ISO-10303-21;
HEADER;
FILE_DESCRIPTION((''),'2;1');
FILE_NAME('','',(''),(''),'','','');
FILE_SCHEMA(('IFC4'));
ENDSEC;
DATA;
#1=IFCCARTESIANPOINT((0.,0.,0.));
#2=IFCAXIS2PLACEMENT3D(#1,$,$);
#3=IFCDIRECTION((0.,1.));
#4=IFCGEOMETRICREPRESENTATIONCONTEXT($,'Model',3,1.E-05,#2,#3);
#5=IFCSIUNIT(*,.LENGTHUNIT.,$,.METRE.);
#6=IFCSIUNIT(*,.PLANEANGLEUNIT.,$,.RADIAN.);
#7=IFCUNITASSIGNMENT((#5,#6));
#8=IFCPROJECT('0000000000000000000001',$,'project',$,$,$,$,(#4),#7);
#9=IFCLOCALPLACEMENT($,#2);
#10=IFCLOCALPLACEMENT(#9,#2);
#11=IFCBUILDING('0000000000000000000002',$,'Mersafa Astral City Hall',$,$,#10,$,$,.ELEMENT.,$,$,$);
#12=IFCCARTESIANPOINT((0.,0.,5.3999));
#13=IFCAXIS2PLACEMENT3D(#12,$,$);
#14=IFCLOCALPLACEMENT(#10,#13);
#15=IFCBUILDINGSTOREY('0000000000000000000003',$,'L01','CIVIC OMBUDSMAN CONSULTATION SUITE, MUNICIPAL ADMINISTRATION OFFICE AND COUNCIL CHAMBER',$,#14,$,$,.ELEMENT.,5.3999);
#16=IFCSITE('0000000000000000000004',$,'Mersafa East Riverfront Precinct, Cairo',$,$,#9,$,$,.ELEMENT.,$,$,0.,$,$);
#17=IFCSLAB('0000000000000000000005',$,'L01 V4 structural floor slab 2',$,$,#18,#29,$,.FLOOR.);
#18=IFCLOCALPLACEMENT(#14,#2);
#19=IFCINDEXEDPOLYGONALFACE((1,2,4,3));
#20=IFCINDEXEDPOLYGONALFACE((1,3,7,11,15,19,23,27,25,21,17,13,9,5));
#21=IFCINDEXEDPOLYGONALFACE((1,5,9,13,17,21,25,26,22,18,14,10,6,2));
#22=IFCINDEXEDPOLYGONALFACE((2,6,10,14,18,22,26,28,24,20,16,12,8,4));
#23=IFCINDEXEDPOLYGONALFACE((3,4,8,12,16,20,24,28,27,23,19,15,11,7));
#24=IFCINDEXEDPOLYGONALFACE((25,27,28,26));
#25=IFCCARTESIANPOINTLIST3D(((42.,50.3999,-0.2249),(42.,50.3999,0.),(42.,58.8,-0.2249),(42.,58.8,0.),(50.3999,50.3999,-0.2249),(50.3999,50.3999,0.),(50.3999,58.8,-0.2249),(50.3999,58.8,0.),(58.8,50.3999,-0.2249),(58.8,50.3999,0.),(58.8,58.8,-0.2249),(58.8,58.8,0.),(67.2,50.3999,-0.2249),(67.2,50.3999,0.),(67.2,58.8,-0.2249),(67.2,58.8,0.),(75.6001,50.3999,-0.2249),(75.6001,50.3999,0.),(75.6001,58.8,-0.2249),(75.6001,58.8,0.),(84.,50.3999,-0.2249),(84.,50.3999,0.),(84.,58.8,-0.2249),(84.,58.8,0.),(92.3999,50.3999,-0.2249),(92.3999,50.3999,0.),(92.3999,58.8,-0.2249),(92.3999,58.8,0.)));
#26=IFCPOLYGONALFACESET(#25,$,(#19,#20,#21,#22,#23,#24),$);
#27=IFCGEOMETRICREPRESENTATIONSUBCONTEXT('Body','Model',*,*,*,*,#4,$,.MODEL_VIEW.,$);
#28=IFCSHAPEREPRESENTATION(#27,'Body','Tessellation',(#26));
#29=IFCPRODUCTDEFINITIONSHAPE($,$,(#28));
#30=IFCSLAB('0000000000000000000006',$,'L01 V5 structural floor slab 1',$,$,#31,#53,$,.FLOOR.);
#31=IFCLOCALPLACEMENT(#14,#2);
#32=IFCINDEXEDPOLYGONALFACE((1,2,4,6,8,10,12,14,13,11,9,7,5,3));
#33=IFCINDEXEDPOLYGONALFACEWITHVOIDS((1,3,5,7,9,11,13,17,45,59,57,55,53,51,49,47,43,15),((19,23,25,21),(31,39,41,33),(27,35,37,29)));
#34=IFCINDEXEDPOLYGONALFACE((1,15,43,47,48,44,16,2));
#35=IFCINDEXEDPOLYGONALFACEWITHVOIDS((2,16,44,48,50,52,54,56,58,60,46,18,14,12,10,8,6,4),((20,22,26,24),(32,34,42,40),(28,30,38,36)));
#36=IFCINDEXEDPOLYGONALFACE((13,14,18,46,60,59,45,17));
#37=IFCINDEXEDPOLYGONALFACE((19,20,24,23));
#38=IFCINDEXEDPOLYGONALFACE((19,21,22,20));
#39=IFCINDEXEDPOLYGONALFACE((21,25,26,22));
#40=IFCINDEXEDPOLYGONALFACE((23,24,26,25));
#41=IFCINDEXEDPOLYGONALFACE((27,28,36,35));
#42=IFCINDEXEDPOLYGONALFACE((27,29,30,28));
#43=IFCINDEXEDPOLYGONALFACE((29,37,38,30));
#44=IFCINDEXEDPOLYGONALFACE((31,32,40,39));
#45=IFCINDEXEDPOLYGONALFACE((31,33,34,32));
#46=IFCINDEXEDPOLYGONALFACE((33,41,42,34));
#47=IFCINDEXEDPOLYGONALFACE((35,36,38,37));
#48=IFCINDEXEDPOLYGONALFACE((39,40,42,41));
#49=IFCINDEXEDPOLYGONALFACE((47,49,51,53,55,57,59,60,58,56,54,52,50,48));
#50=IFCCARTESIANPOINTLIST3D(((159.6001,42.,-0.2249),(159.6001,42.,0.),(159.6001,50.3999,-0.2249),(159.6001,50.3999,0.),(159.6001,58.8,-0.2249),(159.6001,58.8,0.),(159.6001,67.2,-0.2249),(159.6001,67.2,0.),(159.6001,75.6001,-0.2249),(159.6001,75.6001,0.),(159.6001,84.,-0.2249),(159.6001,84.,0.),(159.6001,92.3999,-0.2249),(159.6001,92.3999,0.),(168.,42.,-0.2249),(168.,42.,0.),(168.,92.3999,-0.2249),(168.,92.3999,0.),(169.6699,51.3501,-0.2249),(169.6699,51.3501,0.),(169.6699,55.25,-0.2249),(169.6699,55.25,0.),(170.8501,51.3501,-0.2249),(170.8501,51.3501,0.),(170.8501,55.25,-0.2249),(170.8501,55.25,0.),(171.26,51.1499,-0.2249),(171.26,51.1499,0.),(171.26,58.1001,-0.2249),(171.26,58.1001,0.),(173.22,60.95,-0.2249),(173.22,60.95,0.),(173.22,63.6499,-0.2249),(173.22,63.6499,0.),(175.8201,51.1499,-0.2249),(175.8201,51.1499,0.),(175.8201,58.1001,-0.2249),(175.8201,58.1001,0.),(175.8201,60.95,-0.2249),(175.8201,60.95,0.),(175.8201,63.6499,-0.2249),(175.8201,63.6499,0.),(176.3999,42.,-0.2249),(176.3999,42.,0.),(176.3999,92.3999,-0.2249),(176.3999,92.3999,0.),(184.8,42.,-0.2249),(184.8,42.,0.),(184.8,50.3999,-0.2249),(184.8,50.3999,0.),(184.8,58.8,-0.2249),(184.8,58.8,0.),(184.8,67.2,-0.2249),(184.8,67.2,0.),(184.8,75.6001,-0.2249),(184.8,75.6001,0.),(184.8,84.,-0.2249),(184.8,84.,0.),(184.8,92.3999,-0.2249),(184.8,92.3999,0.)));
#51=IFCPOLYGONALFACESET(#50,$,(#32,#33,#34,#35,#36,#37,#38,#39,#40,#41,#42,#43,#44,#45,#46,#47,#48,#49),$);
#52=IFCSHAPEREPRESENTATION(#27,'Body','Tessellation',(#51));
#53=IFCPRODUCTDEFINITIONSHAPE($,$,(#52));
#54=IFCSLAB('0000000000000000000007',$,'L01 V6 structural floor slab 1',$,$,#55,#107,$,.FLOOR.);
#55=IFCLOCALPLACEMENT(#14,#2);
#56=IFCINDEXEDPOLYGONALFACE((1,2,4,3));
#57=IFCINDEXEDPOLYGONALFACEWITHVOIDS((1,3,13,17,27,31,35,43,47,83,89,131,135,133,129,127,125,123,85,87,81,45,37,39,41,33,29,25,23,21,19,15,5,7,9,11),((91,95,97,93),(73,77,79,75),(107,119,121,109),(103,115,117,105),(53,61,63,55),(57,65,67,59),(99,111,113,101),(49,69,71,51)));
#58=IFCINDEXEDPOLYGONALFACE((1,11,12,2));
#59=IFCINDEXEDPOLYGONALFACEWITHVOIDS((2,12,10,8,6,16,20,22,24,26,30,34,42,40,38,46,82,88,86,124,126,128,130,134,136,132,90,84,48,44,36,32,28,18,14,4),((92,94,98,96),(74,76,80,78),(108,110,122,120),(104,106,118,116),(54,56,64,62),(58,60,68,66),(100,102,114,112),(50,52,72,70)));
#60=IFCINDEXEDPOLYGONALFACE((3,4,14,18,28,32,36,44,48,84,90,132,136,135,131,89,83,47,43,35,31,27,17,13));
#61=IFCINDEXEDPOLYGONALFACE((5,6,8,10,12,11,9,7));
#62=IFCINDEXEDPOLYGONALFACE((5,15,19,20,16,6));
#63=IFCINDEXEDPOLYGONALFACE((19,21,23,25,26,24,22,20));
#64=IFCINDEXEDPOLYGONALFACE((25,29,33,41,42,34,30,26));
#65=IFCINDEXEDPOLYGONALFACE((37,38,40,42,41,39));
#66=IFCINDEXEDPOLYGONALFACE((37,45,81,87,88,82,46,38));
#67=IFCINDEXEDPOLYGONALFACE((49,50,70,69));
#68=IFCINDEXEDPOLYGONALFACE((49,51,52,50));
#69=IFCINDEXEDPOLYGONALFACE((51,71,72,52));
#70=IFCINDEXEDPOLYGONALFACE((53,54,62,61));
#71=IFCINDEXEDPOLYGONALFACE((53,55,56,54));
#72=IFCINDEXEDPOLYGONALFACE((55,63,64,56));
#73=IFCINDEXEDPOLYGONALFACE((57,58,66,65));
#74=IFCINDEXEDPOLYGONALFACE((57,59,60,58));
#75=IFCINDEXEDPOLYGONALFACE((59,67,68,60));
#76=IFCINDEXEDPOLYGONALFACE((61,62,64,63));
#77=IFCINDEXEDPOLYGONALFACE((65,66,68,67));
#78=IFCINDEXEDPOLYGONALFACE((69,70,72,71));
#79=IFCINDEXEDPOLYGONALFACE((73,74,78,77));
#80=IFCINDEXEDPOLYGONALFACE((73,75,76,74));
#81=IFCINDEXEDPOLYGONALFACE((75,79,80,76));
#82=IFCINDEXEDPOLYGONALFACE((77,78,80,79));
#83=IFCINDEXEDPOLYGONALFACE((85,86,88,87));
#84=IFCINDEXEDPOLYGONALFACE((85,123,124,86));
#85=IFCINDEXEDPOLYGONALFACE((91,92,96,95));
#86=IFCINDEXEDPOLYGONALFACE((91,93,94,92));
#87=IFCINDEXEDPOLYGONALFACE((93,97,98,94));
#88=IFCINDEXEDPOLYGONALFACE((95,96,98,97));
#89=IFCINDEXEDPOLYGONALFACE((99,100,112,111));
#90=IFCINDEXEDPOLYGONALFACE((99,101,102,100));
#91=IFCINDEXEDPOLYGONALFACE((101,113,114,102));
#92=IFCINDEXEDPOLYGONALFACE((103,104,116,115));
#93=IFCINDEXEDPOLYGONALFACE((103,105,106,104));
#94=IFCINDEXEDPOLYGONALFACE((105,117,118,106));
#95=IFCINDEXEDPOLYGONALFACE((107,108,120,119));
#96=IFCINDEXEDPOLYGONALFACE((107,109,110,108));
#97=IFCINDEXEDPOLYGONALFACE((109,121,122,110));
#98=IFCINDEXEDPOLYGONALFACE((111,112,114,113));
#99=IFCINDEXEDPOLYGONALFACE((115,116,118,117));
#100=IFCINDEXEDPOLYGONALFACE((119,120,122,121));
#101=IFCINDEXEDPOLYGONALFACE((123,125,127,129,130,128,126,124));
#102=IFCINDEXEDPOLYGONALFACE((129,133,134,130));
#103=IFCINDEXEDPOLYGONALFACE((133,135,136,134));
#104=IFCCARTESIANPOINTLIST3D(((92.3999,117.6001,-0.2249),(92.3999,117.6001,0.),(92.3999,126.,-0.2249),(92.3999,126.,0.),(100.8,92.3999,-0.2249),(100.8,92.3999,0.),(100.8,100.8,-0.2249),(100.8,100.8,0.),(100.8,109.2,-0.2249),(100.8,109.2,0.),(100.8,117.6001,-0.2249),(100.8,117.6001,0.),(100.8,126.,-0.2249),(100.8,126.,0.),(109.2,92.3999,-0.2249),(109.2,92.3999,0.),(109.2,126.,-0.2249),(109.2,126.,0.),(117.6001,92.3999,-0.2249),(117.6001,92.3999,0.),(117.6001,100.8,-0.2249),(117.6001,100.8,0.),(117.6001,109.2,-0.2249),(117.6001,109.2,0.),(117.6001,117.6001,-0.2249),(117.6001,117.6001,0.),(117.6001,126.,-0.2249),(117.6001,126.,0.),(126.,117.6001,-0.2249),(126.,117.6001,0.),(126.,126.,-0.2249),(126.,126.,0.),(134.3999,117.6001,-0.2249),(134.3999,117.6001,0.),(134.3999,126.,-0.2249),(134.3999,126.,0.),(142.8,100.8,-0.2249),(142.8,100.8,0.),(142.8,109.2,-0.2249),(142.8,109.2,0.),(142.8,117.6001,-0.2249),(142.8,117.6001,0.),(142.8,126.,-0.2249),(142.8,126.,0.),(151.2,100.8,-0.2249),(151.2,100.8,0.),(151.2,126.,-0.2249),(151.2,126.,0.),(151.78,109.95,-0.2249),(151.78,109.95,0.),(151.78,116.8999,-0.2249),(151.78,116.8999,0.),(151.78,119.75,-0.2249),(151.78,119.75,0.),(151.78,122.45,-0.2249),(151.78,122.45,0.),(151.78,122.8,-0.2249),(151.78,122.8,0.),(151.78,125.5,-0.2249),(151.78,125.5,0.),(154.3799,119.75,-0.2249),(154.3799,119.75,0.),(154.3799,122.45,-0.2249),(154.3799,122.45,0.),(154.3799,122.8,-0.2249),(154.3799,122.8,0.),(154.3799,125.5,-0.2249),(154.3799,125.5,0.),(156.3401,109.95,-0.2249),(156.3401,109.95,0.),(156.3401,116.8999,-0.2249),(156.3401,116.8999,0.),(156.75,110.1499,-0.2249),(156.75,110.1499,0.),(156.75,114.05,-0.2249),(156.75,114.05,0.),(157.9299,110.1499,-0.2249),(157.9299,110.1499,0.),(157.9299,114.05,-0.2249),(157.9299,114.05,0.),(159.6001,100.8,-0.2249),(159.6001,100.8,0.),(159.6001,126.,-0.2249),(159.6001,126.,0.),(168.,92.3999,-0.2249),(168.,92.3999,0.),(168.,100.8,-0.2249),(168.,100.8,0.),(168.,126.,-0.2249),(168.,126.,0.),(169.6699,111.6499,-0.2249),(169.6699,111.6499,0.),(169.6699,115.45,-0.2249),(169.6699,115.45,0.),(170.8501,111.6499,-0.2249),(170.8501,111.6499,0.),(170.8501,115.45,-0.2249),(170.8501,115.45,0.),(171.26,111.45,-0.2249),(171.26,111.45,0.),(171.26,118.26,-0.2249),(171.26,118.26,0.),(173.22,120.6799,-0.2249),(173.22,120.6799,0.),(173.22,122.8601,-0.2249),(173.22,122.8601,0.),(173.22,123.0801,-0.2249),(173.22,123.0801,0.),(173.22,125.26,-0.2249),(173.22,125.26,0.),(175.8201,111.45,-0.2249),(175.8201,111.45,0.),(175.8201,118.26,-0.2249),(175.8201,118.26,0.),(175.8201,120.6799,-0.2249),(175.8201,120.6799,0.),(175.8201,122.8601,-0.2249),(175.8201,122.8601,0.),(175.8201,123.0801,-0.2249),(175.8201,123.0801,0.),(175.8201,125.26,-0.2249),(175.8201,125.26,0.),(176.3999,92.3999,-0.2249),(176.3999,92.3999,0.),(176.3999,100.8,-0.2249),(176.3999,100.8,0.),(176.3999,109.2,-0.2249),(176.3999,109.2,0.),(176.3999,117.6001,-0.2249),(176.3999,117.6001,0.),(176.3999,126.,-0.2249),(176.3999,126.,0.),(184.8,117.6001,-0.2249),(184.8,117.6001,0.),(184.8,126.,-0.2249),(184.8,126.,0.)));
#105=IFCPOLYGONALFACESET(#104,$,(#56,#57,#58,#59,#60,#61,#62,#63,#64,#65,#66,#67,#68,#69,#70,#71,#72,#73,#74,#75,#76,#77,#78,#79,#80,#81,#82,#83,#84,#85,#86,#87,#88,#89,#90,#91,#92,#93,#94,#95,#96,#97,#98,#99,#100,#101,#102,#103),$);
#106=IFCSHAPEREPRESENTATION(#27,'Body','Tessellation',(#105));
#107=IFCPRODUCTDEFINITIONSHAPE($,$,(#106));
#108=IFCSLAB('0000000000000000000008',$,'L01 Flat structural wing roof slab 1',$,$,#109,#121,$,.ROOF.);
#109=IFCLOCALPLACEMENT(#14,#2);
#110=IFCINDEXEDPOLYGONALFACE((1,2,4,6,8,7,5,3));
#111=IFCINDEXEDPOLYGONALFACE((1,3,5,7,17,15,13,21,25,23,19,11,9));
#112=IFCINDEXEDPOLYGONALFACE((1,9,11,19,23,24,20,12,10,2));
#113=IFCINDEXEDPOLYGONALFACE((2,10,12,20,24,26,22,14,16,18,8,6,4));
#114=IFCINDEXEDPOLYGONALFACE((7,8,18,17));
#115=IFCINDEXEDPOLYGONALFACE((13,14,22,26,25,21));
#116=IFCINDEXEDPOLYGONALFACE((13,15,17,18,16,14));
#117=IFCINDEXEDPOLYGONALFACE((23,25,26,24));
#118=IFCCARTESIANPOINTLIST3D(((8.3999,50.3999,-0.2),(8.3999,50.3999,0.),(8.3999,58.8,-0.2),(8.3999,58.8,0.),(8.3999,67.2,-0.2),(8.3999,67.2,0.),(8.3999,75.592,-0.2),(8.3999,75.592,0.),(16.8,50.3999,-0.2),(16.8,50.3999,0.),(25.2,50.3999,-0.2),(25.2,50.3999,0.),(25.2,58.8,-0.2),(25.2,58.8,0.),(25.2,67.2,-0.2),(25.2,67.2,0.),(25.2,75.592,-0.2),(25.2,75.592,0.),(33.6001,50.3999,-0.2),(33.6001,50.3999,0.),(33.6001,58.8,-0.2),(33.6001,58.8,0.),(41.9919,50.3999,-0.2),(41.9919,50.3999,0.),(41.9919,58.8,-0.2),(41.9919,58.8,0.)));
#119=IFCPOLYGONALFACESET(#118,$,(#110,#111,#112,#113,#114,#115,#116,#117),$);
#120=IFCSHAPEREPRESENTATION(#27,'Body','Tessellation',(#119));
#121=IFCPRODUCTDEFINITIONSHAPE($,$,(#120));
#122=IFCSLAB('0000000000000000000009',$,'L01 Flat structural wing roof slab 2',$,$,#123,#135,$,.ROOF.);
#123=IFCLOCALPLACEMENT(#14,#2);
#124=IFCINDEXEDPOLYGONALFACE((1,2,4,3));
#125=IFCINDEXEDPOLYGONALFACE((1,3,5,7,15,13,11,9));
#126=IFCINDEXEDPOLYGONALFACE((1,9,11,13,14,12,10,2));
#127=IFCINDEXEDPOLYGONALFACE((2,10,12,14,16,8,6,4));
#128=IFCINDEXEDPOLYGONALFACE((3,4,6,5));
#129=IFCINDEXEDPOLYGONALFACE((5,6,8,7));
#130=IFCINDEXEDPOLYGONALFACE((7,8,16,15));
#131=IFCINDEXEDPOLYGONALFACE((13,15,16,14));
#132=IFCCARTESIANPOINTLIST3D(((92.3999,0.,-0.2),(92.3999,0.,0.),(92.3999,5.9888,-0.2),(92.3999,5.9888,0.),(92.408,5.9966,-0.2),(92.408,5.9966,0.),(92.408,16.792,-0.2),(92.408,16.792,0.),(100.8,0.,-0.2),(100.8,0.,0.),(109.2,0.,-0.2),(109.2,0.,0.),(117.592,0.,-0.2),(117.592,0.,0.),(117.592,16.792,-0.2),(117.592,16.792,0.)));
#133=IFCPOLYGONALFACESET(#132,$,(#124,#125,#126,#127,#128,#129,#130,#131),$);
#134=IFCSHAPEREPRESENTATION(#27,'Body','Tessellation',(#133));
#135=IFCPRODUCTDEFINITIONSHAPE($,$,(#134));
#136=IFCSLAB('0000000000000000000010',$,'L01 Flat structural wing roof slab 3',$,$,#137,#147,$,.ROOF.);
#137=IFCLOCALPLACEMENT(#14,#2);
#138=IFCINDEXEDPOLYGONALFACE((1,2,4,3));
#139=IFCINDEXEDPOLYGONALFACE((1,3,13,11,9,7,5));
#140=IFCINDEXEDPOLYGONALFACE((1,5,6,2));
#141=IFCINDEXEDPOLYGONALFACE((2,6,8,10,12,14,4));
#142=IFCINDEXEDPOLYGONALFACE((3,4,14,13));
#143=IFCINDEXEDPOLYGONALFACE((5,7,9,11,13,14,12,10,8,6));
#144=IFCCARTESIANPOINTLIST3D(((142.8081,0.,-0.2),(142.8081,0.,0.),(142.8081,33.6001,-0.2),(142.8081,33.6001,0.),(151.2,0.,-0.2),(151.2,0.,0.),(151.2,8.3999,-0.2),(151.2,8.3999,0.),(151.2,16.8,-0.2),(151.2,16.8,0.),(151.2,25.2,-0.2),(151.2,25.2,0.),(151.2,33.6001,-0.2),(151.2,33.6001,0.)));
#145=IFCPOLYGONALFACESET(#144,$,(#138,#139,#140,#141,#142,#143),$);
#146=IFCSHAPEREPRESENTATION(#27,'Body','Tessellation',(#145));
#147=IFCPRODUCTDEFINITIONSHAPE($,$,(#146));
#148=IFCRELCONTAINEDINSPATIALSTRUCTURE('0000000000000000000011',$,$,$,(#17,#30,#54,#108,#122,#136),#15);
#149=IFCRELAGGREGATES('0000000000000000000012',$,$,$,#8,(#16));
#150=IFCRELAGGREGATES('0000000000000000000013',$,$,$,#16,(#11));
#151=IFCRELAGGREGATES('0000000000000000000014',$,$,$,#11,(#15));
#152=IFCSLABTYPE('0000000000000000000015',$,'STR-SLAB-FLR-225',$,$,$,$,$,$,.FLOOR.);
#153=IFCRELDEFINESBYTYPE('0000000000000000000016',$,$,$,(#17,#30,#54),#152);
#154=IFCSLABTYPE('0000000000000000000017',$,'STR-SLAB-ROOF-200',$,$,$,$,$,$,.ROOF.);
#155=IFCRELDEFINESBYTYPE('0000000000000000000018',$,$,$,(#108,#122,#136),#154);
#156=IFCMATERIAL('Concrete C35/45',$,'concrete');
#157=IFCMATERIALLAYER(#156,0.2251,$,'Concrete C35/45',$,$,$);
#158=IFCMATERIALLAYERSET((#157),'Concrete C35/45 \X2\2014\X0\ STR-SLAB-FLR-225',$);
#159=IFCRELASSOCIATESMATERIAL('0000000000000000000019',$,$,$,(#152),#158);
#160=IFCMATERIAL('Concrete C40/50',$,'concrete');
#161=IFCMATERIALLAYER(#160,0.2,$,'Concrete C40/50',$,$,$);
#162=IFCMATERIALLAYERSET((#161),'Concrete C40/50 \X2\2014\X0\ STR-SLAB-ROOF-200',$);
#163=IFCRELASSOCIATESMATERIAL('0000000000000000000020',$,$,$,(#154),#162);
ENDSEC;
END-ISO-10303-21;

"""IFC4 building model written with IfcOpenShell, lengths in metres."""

from ifc_helpers import new_model, si_unit, direction, frame, origin, place, context, subcontext, project, spatial, polyline, outline, extrude, material, layer, layer_set, type_object, element, save


model = new_model("IFC4")

# Units and contexts
model_context = context("Model", 3, precision=1e-05, world=origin(), true_north=direction((0.0, 1.0)))
body_context = subcontext(model_context, "Body", "Model", "MODEL_VIEW")
ifc_project = project(units=[si_unit("LENGTHUNIT", "METRE"), si_unit("PLANEANGLEUNIT", "RADIAN")], contexts=[model_context])

# Site, building, storey
site_placement = place(None, origin())
site = spatial("IfcSite", under=ifc_project, at=site_placement, Name="Mersafa East Riverfront Precinct, Cairo", CompositionType="ELEMENT", RefElevation=0.0)
building_placement = place(site_placement, origin())
building = spatial("IfcBuilding", under=site, at=building_placement, Name="Mersafa Astral City Hall", CompositionType="ELEMENT")
storey_placement = place(building_placement, frame((0.0, 0.0, 5.3999)))
storey = spatial("IfcBuildingStorey", under=building, at=storey_placement, Name="L01", Description="CIVIC OMBUDSMAN CONSULTATION SUITE, MUNICIPAL ADMINISTRATION OFFICE AND COUNCIL CHAMBER", CompositionType="ELEMENT", Elevation=5.3999)

# Slabs
ifc_material_1 = material(Name="Concrete C35/45", Category="concrete")
ifc_layer_1 = layer(ifc_material_1, 0.2251, Name="Concrete C35/45")
ifc_layer_set_1 = layer_set([ifc_layer_1], Name="Concrete C35/45 — STR-SLAB-FLR-225")
slab_type_1 = type_object("IfcSlabType", Name="STR-SLAB-FLR-225", PredefinedType="FLOOR", material=ifc_layer_set_1)
slab_1_placement = place(storey_placement, frame((0.0, 0.0, -0.2249)))
element("IfcSlab", 1, at=slab_1_placement, inside=storey, type_object=slab_type_1, Name="L01 V4 structural floor slab 2", PredefinedType="FLOOR", context=body_context, shape_type="SweptSolid", body=[
    extrude(outline(polyline([(67.2, 58.8), (75.6001, 58.8), (84.0, 58.8), (92.3999, 58.8), (92.3999, 50.3999), (84.0, 50.3999), (75.6001, 50.3999), (67.2, 50.3999), (58.8, 50.3999), (50.3999, 50.3999), (42.0, 50.3999), (42.0, 58.8), (50.3999, 58.8), (58.8, 58.8), (67.2, 58.8)])), origin(), (0.0, 0.0, 1.0), 0.2249),
])
slab_2_placement = place(storey_placement, frame((0.0, 0.0, -0.2249)))
element("IfcSlab", 2, at=slab_2_placement, inside=storey, type_object=slab_type_1, Name="L01 V5 structural floor slab 1", PredefinedType="FLOOR", context=body_context, shape_type="SweptSolid", body=[
    extrude(outline(polyline([(159.6001, 67.2), (159.6001, 75.6001), (159.6001, 84.0), (159.6001, 92.3999), (168.0, 92.3999), (176.3999, 92.3999), (184.8, 92.3999), (184.8, 84.0), (184.8, 75.6001), (184.8, 67.2), (184.8, 58.8), (184.8, 50.3999), (184.8, 42.0), (176.3999, 42.0), (168.0, 42.0), (159.6001, 42.0), (159.6001, 50.3999), (159.6001, 58.8), (159.6001, 67.2)]), holes=[polyline([(170.8501, 51.3501), (170.8501, 55.25), (169.6699, 55.25), (169.6699, 51.3501), (170.8501, 51.3501)]), polyline([(171.26, 51.1499), (175.8201, 51.1499), (175.8201, 58.1001), (171.26, 58.1001), (171.26, 51.1499)]), polyline([(175.8201, 60.95), (175.8201, 63.6499), (173.22, 63.6499), (173.22, 60.95), (175.8201, 60.95)])]), origin(), (0.0, 0.0, 1.0), 0.2249),
])
slab_3_placement = place(storey_placement, frame((0.0, 0.0, -0.2249)))
element("IfcSlab", 3, at=slab_3_placement, inside=storey, type_object=slab_type_1, Name="L01 V6 structural floor slab 1", PredefinedType="FLOOR", context=body_context, shape_type="SweptSolid", body=[
    extrude(outline(polyline([(92.3999, 117.6001), (92.3999, 126.0), (100.8, 126.0), (109.2, 126.0), (117.6001, 126.0), (126.0, 126.0), (134.3999, 126.0), (142.8, 126.0), (151.2, 126.0), (159.6001, 126.0), (168.0, 126.0), (176.3999, 126.0), (184.8, 126.0), (184.8, 117.6001), (176.3999, 117.6001), (176.3999, 109.2), (176.3999, 100.8), (176.3999, 92.3999), (168.0, 92.3999), (168.0, 100.8), (159.6001, 100.8), (151.2, 100.8), (142.8, 100.8), (142.8, 109.2), (142.8, 117.6001), (134.3999, 117.6001), (126.0, 117.6001), (117.6001, 117.6001), (117.6001, 109.2), (117.6001, 100.8), (117.6001, 92.3999), (109.2, 92.3999), (100.8, 92.3999), (100.8, 100.8), (100.8, 109.2), (100.8, 117.6001), (92.3999, 117.6001)]), holes=[polyline([(157.9299, 110.1499), (157.9299, 114.05), (156.75, 114.05), (156.75, 110.1499), (157.9299, 110.1499)]), polyline([(151.78, 109.95), (156.3401, 109.95), (156.3401, 116.8999), (151.78, 116.8999), (151.78, 109.95)]), polyline([(170.8501, 111.6499), (170.8501, 115.45), (169.6699, 115.45), (169.6699, 111.6499), (170.8501, 111.6499)]), polyline([(171.26, 118.26), (171.26, 111.45), (175.8201, 111.45), (175.8201, 118.26), (171.26, 118.26)]), polyline([(154.3799, 119.75), (154.3799, 122.45), (151.78, 122.45), (151.78, 119.75), (154.3799, 119.75)]), polyline([(175.8201, 120.6799), (175.8201, 122.8601), (173.22, 122.8601), (173.22, 120.6799), (175.8201, 120.6799)]), polyline([(154.3799, 122.8), (154.3799, 125.5), (151.78, 125.5), (151.78, 122.8), (154.3799, 122.8)]), polyline([(175.8201, 123.0801), (175.8201, 125.26), (173.22, 125.26), (173.22, 123.0801), (175.8201, 123.0801)])]), origin(), (0.0, 0.0, 1.0), 0.2249),
])
ifc_material_2 = material(Name="Concrete C40/50", Category="concrete")
ifc_layer_2 = layer(ifc_material_2, 0.2, Name="Concrete C40/50")
ifc_layer_set_2 = layer_set([ifc_layer_2], Name="Concrete C40/50 — STR-SLAB-ROOF-200")
slab_type_2 = type_object("IfcSlabType", Name="STR-SLAB-ROOF-200", PredefinedType="ROOF", material=ifc_layer_set_2)
slab_4_placement = place(storey_placement, frame((0.0, 0.0, -0.2)))
element("IfcSlab", 4, at=slab_4_placement, inside=storey, type_object=slab_type_2, Name="L01 Flat structural wing roof slab 1", PredefinedType="ROOF", context=body_context, shape_type="SweptSolid", body=[
    extrude(outline(polyline([(33.6001, 50.3999), (25.2, 50.3999), (16.8, 50.3999), (8.3999, 50.3999), (8.3999, 58.8), (8.3999, 67.2), (8.3999, 75.592), (25.2, 75.592), (25.2, 67.2), (25.2, 58.8), (33.6001, 58.8), (41.9919, 58.8), (41.9919, 50.3999), (33.6001, 50.3999)])), origin(), (0.0, 0.0, 1.0), 0.2),
])
slab_5_placement = place(storey_placement, frame((0.0, 0.0, -0.2)))
element("IfcSlab", 5, at=slab_5_placement, inside=storey, type_object=slab_type_2, Name="L01 Flat structural wing roof slab 2", PredefinedType="ROOF", context=body_context, shape_type="SweptSolid", body=[
    extrude(outline(polyline([(109.2, 0.0), (100.8, 0.0), (92.3999, 0.0), (92.3999, 5.9888), (92.408, 5.9966), (92.408, 16.792), (117.592, 16.792), (117.592, 0.0), (109.2, 0.0)])), origin(), (0.0, 0.0, 1.0), 0.2),
])
slab_6_placement = place(storey_placement, frame((0.0, 0.0, -0.2)))
element("IfcSlab", 6, at=slab_6_placement, inside=storey, type_object=slab_type_2, Name="L01 Flat structural wing roof slab 3", PredefinedType="ROOF", context=body_context, shape_type="SweptSolid", body=[
    extrude(outline(polyline([(151.2, 33.6001), (151.2, 25.2), (151.2, 16.8), (151.2, 8.3999), (151.2, 0.0), (142.8081, 0.0), (142.8081, 33.6001), (151.2, 33.6001)])), origin(), (0.0, 0.0, 1.0), 0.2),
])

save(model, "model.ifc")
